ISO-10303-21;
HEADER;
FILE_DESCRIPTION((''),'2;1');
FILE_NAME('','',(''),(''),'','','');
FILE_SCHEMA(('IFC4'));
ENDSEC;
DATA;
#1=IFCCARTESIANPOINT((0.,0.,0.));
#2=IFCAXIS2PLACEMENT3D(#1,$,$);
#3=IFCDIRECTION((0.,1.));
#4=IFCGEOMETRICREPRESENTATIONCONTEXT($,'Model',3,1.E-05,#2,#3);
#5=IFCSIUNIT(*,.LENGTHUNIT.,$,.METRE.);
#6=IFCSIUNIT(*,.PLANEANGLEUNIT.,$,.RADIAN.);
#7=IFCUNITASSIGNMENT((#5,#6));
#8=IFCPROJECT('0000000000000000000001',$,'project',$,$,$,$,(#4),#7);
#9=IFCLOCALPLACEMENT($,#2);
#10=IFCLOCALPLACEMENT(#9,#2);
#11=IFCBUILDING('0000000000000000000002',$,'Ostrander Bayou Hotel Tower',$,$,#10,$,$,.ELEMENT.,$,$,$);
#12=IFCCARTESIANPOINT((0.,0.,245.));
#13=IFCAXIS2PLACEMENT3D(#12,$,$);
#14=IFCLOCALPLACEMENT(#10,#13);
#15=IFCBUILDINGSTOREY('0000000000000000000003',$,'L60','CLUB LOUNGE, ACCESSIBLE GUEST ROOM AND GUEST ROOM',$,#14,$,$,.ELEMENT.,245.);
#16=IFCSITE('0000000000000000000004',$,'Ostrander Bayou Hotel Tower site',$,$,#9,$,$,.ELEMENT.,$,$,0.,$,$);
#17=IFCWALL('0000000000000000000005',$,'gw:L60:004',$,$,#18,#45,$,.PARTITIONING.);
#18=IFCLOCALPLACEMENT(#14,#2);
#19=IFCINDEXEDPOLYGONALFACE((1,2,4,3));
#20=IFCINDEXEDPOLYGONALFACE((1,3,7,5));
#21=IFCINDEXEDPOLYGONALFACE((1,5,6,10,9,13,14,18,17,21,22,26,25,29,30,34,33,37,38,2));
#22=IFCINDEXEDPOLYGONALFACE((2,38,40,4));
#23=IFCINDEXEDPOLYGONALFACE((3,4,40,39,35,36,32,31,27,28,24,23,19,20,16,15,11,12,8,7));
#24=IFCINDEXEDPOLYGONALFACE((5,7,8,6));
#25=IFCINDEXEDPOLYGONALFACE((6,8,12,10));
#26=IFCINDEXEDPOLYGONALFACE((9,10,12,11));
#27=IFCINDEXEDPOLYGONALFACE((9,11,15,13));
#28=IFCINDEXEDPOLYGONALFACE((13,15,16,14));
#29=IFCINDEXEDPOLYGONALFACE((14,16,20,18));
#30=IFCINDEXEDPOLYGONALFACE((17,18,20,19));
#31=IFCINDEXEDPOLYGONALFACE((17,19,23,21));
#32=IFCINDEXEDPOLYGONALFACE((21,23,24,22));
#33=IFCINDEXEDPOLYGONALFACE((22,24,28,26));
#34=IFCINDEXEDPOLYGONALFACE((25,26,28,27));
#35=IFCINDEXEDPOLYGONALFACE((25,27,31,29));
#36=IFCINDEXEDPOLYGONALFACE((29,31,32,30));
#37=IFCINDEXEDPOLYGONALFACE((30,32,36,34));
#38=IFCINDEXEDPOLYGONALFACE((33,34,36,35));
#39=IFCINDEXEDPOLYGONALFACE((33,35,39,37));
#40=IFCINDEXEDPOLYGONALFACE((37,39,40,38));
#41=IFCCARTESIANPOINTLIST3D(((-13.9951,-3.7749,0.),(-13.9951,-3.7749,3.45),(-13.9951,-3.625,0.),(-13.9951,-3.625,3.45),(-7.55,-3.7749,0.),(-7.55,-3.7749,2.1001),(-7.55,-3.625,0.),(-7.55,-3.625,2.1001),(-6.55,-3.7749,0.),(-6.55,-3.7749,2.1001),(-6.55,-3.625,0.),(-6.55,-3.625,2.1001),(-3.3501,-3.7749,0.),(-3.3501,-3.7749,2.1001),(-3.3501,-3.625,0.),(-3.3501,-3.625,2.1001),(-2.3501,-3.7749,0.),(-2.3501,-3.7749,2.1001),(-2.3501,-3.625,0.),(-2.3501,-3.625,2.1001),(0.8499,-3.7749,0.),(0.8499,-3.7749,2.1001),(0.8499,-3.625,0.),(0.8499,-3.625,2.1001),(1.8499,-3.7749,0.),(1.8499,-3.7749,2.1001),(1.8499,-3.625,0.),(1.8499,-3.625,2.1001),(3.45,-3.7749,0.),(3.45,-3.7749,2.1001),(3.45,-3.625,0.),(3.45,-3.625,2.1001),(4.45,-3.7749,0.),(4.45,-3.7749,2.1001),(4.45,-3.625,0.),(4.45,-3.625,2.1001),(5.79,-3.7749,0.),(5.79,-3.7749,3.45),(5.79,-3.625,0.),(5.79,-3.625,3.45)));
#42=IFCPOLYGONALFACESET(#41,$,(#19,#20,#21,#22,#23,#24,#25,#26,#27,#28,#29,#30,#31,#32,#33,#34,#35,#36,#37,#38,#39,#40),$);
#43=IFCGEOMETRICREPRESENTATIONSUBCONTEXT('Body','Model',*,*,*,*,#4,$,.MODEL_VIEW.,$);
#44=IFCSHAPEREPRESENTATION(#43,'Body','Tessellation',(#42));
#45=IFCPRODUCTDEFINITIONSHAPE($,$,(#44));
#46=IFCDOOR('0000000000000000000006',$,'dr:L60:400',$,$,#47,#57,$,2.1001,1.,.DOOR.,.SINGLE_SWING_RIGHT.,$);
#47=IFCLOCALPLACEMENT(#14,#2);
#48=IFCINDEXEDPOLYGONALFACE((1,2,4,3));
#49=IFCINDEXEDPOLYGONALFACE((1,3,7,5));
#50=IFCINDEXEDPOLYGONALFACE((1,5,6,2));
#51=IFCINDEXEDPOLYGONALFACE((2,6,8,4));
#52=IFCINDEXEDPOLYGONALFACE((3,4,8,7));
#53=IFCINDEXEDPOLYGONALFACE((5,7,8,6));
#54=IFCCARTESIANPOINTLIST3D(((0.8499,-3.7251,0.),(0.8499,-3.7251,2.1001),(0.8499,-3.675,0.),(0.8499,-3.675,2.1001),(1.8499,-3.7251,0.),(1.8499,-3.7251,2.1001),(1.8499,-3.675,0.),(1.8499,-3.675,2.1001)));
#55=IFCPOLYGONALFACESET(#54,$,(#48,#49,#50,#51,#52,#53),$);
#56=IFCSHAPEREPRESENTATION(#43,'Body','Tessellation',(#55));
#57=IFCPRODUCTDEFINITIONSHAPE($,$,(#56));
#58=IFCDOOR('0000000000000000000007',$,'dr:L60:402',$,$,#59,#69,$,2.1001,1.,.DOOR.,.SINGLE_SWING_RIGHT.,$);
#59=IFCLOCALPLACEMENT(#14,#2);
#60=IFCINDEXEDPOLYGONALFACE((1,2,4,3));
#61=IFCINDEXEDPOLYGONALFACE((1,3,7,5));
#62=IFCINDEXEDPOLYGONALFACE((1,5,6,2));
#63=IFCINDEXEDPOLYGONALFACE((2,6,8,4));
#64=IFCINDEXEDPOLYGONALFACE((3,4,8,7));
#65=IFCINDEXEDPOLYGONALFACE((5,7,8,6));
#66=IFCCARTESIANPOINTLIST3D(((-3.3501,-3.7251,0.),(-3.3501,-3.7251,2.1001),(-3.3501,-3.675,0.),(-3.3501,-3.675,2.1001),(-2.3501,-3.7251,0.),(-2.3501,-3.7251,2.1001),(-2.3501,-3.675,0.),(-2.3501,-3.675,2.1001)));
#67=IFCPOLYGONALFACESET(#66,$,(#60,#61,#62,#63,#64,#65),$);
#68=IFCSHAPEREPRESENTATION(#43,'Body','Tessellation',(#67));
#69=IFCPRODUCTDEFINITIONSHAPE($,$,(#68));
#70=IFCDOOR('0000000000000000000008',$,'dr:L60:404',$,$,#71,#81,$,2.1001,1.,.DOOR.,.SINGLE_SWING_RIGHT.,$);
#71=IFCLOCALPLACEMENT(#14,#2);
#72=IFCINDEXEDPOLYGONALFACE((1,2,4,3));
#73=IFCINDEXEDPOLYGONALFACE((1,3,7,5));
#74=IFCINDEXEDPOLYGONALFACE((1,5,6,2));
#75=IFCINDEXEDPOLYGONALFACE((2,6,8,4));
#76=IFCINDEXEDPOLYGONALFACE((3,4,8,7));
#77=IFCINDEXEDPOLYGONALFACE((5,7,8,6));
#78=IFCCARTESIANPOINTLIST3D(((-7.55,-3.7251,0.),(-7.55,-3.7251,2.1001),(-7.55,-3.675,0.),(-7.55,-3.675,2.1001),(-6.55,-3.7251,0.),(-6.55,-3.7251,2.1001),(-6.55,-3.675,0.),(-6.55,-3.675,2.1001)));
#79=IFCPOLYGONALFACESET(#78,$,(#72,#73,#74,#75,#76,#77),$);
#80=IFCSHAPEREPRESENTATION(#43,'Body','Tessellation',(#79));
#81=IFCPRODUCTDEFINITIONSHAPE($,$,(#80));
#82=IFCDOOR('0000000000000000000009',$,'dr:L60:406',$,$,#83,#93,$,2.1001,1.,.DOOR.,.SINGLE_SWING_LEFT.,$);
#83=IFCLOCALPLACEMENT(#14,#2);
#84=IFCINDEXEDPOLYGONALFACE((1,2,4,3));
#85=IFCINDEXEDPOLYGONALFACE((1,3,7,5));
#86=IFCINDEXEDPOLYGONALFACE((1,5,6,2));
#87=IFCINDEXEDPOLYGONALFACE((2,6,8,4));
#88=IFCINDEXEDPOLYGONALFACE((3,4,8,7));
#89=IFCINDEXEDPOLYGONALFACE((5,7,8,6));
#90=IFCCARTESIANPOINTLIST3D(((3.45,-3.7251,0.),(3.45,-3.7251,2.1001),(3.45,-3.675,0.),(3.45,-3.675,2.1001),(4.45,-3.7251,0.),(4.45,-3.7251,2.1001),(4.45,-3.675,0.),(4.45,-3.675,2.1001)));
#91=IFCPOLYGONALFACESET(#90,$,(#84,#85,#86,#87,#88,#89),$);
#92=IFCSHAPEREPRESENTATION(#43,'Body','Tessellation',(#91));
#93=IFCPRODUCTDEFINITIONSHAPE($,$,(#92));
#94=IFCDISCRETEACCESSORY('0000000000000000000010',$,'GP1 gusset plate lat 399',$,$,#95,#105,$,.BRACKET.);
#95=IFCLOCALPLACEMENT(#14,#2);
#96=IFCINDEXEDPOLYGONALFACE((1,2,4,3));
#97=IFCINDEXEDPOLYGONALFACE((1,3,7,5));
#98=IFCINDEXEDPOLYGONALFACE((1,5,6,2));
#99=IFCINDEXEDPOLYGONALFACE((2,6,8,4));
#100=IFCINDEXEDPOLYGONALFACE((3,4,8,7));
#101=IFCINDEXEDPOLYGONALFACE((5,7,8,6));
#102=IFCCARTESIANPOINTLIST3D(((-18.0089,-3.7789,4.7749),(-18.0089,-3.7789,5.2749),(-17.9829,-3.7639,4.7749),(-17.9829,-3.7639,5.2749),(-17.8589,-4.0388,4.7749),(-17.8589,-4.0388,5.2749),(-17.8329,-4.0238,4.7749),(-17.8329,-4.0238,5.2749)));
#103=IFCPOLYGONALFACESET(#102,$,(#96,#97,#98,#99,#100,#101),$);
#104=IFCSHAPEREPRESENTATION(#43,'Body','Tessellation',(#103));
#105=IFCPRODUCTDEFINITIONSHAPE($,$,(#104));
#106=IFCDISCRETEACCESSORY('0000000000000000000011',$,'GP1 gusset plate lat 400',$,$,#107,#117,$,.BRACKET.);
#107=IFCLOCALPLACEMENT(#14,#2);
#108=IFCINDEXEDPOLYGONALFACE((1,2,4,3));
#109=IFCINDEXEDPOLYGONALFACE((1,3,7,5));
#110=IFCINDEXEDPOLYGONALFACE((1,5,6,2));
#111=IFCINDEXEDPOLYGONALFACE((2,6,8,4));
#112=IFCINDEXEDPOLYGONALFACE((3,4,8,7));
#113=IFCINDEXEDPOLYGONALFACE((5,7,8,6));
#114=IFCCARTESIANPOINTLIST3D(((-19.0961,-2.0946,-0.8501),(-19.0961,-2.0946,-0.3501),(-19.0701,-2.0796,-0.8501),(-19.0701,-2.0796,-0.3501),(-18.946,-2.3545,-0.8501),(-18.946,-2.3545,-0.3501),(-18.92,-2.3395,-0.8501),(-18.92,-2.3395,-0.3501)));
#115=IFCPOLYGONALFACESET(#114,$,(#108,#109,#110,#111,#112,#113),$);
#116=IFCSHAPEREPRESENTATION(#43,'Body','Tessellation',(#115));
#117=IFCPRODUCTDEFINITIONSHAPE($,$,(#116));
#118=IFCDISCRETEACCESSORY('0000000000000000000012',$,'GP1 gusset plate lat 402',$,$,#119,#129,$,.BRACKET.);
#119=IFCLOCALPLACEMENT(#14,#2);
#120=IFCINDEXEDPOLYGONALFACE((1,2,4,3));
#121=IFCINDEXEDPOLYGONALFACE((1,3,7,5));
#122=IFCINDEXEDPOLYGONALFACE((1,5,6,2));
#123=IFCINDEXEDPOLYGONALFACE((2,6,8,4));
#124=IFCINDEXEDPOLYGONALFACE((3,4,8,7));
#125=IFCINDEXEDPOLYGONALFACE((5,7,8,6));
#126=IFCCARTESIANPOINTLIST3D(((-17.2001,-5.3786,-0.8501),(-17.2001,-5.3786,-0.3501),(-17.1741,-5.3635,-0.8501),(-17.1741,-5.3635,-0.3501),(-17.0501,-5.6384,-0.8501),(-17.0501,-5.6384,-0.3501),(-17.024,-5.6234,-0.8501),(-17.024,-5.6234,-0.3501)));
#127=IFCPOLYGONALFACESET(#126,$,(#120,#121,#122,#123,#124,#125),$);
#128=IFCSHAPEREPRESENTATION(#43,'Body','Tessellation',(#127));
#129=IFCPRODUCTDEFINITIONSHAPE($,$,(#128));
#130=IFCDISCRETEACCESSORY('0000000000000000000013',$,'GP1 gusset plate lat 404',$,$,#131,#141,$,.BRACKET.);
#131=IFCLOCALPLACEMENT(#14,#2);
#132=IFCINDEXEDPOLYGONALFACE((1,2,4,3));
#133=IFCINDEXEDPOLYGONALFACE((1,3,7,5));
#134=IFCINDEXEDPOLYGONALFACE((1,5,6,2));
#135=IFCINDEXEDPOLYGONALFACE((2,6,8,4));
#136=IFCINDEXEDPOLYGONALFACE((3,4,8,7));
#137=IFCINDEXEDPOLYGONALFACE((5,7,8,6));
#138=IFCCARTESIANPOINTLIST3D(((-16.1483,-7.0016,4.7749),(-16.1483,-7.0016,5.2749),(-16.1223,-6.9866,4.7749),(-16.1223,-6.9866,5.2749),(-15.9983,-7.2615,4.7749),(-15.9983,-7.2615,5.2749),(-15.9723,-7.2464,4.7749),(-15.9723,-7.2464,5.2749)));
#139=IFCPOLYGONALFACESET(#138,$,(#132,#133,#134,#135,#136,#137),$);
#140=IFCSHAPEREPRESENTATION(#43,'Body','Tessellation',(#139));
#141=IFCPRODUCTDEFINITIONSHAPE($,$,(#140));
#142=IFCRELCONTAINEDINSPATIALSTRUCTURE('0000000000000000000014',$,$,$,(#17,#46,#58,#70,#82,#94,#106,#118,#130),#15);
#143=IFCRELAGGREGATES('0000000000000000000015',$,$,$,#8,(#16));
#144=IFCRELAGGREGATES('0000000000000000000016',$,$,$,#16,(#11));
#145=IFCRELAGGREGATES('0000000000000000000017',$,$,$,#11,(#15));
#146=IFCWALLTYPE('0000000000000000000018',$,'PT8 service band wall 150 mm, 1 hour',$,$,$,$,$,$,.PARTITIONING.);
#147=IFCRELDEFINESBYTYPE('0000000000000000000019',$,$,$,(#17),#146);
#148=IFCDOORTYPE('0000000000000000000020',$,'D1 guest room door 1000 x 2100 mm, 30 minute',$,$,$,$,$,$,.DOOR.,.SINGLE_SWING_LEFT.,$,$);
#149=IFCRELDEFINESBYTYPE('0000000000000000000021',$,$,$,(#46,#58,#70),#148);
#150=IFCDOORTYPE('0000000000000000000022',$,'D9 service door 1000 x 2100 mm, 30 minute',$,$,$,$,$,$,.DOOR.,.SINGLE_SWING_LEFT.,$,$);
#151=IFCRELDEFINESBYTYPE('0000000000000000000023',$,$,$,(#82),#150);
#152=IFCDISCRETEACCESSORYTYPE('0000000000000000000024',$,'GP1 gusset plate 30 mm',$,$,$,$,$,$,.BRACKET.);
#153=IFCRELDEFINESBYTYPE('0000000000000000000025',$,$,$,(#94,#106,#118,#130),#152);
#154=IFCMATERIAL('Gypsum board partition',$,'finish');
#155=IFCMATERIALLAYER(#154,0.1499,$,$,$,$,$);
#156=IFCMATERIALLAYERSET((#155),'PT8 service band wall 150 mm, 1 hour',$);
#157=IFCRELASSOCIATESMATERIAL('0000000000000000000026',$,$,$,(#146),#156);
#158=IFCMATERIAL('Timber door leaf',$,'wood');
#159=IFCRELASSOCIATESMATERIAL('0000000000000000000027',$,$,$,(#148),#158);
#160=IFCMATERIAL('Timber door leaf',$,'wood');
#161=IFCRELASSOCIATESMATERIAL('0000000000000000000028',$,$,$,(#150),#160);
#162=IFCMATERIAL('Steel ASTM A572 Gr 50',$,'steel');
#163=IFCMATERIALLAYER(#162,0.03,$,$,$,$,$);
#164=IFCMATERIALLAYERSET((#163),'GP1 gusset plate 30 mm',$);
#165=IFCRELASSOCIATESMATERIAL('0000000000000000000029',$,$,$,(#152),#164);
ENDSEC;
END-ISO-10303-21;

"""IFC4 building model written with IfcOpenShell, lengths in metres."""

from ifc_helpers import new_model, si_unit, direction, frame, frame_2d, origin, origin_2d, place, context, subcontext, project, spatial, rectangle, extrude, material, layer, layer_set, type_object, element, fill, save


model = new_model("IFC4")

# Units and contexts
model_context = context("Model", 3, precision=1e-05, world=origin(), true_north=direction((0.0, 1.0)))
body_context = subcontext(model_context, "Body", "Model", "MODEL_VIEW")
ifc_project = project(units=[si_unit("LENGTHUNIT", "METRE"), si_unit("PLANEANGLEUNIT", "RADIAN")], contexts=[model_context])

# Site, building, storey
site_placement = place(None, origin())
site = spatial("IfcSite", under=ifc_project, at=site_placement, Name="Ostrander Bayou Hotel Tower site", CompositionType="ELEMENT", RefElevation=0.0)
building_placement = place(site_placement, origin())
building = spatial("IfcBuilding", under=site, at=building_placement, Name="Ostrander Bayou Hotel Tower", CompositionType="ELEMENT")
storey_placement = place(building_placement, frame((0.0, 0.0, 245.0)))
storey = spatial("IfcBuildingStorey", under=building, at=storey_placement, Name="L60", Description="CLUB LOUNGE, ACCESSIBLE GUEST ROOM AND GUEST ROOM", CompositionType="ELEMENT", Elevation=245.0)

# Shared definitions
ifc_material_1 = material(Name="Gypsum board partition", Category="finish")
ifc_layer_1 = layer(ifc_material_1, 0.1499)
ifc_layer_set_1 = layer_set([ifc_layer_1], Name="PT8 service band wall 150 mm, 1 hour")
wall_type_1 = type_object("IfcWallType", Name="PT8 service band wall 150 mm, 1 hour", PredefinedType="PARTITIONING", material=ifc_layer_set_1)

# Wall, openings, doors
wall_1_placement = place(storey_placement, frame((-13.9951, -3.7, 0.0), z_axis=(0.0, 0.0, 1.0), x_axis=(1.0, 0.0, 0.0)))
wall_1 = element("IfcWall", 1, at=wall_1_placement, inside=storey, type_object=wall_type_1, Name="gw:L60:004", PredefinedType="PARTITIONING", context=body_context, shape_type="SweptSolid", body=[
    extrude(rectangle(XDim=19.7852, YDim=0.1499, at=frame_2d((9.8926, 0.0))), origin(), (0.0, 0.0, 1.0), 3.45),
])
opening_1_placement = place(wall_1_placement, frame((14.845, 0.0, 0.0)))
opening_1 = element("IfcOpeningElement", 2, at=opening_1_placement, cuts=wall_1, PredefinedType="OPENING", context=body_context, shape_type="SweptSolid", body=[
    extrude(rectangle(XDim=1.0, YDim=2.1001, at=frame_2d((0.5, 1.05))), frame((0.0, 0.075, 0.0), z_axis=(0.0, -1.0, 0.0), x_axis=(1.0, 0.0, 0.0)), (0.0, 0.0, 1.0), 0.1499),
])
opening_2_placement = place(wall_1_placement, frame((10.645, 0.0, 0.0)))
opening_2 = element("IfcOpeningElement", 3, at=opening_2_placement, cuts=wall_1, PredefinedType="OPENING", context=body_context, shape_type="SweptSolid", body=[
    extrude(rectangle(XDim=1.0, YDim=2.1001, at=frame_2d((0.5, 1.05))), frame((0.0, 0.075, 0.0), z_axis=(0.0, -1.0, 0.0), x_axis=(1.0, 0.0, 0.0)), (0.0, 0.0, 1.0), 0.1499),
])
opening_3_placement = place(wall_1_placement, frame((6.4451, 0.0, 0.0)))
opening_3 = element("IfcOpeningElement", 4, at=opening_3_placement, cuts=wall_1, PredefinedType="OPENING", context=body_context, shape_type="SweptSolid", body=[
    extrude(rectangle(XDim=1.0, YDim=2.1001, at=frame_2d((0.5, 1.05))), frame((0.0, 0.075, 0.0), z_axis=(0.0, -1.0, 0.0), x_axis=(1.0, 0.0, 0.0)), (0.0, 0.0, 1.0), 0.1499),
])
opening_4_placement = place(wall_1_placement, frame((17.4451, 0.0, 0.0)))
opening_4 = element("IfcOpeningElement", 5, at=opening_4_placement, cuts=wall_1, PredefinedType="OPENING", context=body_context, shape_type="SweptSolid", body=[
    extrude(rectangle(XDim=1.0, YDim=2.1001, at=frame_2d((0.5, 1.05))), frame((0.0, 0.075, 0.0), z_axis=(0.0, -1.0, 0.0), x_axis=(1.0, 0.0, 0.0)), (0.0, 0.0, 1.0), 0.1499),
])
ifc_material_2 = material(Name="Timber door leaf", Category="wood")
door_type_1 = type_object("IfcDoorType", Name="D1 guest room door 1000 x 2100 mm, 30 minute", OperationType="SINGLE_SWING_LEFT", PredefinedType="DOOR", material=ifc_material_2)
door_1_placement = place(opening_1_placement, origin())
door_1 = element("IfcDoor", 6, at=door_1_placement, inside=storey, type_object=door_type_1, Name="dr:L60:400", OperationType="SINGLE_SWING_RIGHT", OverallHeight=2.1001, OverallWidth=1.0, PredefinedType="DOOR", context=body_context, shape_type="SweptSolid", body=[
    extrude(rectangle(XDim=1.0, YDim=2.1001, at=frame_2d((0.5, 1.05))), frame((0.0, 0.0249, 0.0), z_axis=(0.0, -1.0, 0.0), x_axis=(1.0, 0.0, 0.0)), (0.0, 0.0, 1.0), 0.05),
])
fill(opening_1, door_1)
door_2_placement = place(opening_2_placement, origin())
door_2 = element("IfcDoor", 7, at=door_2_placement, inside=storey, type_object=door_type_1, Name="dr:L60:402", OperationType="SINGLE_SWING_RIGHT", OverallHeight=2.1001, OverallWidth=1.0, PredefinedType="DOOR", context=body_context, shape_type="SweptSolid", body=[
    extrude(rectangle(XDim=1.0, YDim=2.1001, at=frame_2d((0.5, 1.05))), frame((0.0, 0.0249, 0.0), z_axis=(0.0, -1.0, 0.0), x_axis=(1.0, 0.0, 0.0)), (0.0, 0.0, 1.0), 0.05),
])
fill(opening_2, door_2)
door_3_placement = place(opening_3_placement, origin())
door_3 = element("IfcDoor", 8, at=door_3_placement, inside=storey, type_object=door_type_1, Name="dr:L60:404", OperationType="SINGLE_SWING_RIGHT", OverallHeight=2.1001, OverallWidth=1.0, PredefinedType="DOOR", context=body_context, shape_type="SweptSolid", body=[
    extrude(rectangle(XDim=1.0, YDim=2.1001, at=frame_2d((0.5, 1.05))), frame((0.0, 0.0249, 0.0), z_axis=(0.0, -1.0, 0.0), x_axis=(1.0, 0.0, 0.0)), (0.0, 0.0, 1.0), 0.05),
])
fill(opening_3, door_3)
ifc_material_3 = material(Name="Timber door leaf", Category="wood")
door_type_2 = type_object("IfcDoorType", Name="D9 service door 1000 x 2100 mm, 30 minute", OperationType="SINGLE_SWING_LEFT", PredefinedType="DOOR", material=ifc_material_3)
door_4_placement = place(opening_4_placement, origin())
door_4 = element("IfcDoor", 9, at=door_4_placement, inside=storey, type_object=door_type_2, Name="dr:L60:406", OperationType="SINGLE_SWING_LEFT", OverallHeight=2.1001, OverallWidth=1.0, PredefinedType="DOOR", context=body_context, shape_type="SweptSolid", body=[
    extrude(rectangle(XDim=1.0, YDim=2.1001, at=frame_2d((0.5, 1.05))), frame((0.0, 0.0249, 0.0), z_axis=(0.0, -1.0, 0.0), x_axis=(1.0, 0.0, 0.0)), (0.0, 0.0, 1.0), 0.05),
])
fill(opening_4, door_4)

# Discrete accessories
ifc_material_4 = material(Name="Steel ASTM A572 Gr 50", Category="steel")
ifc_layer_2 = layer(ifc_material_4, 0.03)
ifc_layer_set_2 = layer_set([ifc_layer_2], Name="GP1 gusset plate 30 mm")
discrete_accessory_type = type_object("IfcDiscreteAccessoryType", Name="GP1 gusset plate 30 mm", PredefinedType="BRACKET", material=ifc_layer_set_2)
for number, where, z_axis, x_axis, name in (
    (10, (-17.9209, -3.9014, 4.7749), (0.0, 0.0, 1.0), (0.5, -0.866025, 0.0), "GP1 gusset plate lat 399"),
    (11, (-19.0081, -2.217, -0.8501), (0.0, 0.0, 1.0), (0.5, -0.866025, 0.0), "GP1 gusset plate lat 400"),
    (12, (-17.1121, -5.501, -0.8501), (0.0, 0.0, 1.0), (0.5, -0.866025, 0.0), "GP1 gusset plate lat 402"),
    (13, (-16.0603, -7.124, 4.7749), (0.0, 0.0, 1.0), (0.5, -0.866025, 0.0), "GP1 gusset plate lat 404"),
):
    element("IfcDiscreteAccessory", number, at=place(storey_placement, frame(where, z_axis=z_axis, x_axis=x_axis)), inside=storey, type_object=discrete_accessory_type, Name=name, PredefinedType="BRACKET", context=body_context, shape_type="SweptSolid", body=[
        extrude(rectangle(XDim=0.3, YDim=0.03, at=origin_2d()), origin(), (0.0, 0.0, 1.0), 0.5),
    ])

save(model, "model.ifc")
